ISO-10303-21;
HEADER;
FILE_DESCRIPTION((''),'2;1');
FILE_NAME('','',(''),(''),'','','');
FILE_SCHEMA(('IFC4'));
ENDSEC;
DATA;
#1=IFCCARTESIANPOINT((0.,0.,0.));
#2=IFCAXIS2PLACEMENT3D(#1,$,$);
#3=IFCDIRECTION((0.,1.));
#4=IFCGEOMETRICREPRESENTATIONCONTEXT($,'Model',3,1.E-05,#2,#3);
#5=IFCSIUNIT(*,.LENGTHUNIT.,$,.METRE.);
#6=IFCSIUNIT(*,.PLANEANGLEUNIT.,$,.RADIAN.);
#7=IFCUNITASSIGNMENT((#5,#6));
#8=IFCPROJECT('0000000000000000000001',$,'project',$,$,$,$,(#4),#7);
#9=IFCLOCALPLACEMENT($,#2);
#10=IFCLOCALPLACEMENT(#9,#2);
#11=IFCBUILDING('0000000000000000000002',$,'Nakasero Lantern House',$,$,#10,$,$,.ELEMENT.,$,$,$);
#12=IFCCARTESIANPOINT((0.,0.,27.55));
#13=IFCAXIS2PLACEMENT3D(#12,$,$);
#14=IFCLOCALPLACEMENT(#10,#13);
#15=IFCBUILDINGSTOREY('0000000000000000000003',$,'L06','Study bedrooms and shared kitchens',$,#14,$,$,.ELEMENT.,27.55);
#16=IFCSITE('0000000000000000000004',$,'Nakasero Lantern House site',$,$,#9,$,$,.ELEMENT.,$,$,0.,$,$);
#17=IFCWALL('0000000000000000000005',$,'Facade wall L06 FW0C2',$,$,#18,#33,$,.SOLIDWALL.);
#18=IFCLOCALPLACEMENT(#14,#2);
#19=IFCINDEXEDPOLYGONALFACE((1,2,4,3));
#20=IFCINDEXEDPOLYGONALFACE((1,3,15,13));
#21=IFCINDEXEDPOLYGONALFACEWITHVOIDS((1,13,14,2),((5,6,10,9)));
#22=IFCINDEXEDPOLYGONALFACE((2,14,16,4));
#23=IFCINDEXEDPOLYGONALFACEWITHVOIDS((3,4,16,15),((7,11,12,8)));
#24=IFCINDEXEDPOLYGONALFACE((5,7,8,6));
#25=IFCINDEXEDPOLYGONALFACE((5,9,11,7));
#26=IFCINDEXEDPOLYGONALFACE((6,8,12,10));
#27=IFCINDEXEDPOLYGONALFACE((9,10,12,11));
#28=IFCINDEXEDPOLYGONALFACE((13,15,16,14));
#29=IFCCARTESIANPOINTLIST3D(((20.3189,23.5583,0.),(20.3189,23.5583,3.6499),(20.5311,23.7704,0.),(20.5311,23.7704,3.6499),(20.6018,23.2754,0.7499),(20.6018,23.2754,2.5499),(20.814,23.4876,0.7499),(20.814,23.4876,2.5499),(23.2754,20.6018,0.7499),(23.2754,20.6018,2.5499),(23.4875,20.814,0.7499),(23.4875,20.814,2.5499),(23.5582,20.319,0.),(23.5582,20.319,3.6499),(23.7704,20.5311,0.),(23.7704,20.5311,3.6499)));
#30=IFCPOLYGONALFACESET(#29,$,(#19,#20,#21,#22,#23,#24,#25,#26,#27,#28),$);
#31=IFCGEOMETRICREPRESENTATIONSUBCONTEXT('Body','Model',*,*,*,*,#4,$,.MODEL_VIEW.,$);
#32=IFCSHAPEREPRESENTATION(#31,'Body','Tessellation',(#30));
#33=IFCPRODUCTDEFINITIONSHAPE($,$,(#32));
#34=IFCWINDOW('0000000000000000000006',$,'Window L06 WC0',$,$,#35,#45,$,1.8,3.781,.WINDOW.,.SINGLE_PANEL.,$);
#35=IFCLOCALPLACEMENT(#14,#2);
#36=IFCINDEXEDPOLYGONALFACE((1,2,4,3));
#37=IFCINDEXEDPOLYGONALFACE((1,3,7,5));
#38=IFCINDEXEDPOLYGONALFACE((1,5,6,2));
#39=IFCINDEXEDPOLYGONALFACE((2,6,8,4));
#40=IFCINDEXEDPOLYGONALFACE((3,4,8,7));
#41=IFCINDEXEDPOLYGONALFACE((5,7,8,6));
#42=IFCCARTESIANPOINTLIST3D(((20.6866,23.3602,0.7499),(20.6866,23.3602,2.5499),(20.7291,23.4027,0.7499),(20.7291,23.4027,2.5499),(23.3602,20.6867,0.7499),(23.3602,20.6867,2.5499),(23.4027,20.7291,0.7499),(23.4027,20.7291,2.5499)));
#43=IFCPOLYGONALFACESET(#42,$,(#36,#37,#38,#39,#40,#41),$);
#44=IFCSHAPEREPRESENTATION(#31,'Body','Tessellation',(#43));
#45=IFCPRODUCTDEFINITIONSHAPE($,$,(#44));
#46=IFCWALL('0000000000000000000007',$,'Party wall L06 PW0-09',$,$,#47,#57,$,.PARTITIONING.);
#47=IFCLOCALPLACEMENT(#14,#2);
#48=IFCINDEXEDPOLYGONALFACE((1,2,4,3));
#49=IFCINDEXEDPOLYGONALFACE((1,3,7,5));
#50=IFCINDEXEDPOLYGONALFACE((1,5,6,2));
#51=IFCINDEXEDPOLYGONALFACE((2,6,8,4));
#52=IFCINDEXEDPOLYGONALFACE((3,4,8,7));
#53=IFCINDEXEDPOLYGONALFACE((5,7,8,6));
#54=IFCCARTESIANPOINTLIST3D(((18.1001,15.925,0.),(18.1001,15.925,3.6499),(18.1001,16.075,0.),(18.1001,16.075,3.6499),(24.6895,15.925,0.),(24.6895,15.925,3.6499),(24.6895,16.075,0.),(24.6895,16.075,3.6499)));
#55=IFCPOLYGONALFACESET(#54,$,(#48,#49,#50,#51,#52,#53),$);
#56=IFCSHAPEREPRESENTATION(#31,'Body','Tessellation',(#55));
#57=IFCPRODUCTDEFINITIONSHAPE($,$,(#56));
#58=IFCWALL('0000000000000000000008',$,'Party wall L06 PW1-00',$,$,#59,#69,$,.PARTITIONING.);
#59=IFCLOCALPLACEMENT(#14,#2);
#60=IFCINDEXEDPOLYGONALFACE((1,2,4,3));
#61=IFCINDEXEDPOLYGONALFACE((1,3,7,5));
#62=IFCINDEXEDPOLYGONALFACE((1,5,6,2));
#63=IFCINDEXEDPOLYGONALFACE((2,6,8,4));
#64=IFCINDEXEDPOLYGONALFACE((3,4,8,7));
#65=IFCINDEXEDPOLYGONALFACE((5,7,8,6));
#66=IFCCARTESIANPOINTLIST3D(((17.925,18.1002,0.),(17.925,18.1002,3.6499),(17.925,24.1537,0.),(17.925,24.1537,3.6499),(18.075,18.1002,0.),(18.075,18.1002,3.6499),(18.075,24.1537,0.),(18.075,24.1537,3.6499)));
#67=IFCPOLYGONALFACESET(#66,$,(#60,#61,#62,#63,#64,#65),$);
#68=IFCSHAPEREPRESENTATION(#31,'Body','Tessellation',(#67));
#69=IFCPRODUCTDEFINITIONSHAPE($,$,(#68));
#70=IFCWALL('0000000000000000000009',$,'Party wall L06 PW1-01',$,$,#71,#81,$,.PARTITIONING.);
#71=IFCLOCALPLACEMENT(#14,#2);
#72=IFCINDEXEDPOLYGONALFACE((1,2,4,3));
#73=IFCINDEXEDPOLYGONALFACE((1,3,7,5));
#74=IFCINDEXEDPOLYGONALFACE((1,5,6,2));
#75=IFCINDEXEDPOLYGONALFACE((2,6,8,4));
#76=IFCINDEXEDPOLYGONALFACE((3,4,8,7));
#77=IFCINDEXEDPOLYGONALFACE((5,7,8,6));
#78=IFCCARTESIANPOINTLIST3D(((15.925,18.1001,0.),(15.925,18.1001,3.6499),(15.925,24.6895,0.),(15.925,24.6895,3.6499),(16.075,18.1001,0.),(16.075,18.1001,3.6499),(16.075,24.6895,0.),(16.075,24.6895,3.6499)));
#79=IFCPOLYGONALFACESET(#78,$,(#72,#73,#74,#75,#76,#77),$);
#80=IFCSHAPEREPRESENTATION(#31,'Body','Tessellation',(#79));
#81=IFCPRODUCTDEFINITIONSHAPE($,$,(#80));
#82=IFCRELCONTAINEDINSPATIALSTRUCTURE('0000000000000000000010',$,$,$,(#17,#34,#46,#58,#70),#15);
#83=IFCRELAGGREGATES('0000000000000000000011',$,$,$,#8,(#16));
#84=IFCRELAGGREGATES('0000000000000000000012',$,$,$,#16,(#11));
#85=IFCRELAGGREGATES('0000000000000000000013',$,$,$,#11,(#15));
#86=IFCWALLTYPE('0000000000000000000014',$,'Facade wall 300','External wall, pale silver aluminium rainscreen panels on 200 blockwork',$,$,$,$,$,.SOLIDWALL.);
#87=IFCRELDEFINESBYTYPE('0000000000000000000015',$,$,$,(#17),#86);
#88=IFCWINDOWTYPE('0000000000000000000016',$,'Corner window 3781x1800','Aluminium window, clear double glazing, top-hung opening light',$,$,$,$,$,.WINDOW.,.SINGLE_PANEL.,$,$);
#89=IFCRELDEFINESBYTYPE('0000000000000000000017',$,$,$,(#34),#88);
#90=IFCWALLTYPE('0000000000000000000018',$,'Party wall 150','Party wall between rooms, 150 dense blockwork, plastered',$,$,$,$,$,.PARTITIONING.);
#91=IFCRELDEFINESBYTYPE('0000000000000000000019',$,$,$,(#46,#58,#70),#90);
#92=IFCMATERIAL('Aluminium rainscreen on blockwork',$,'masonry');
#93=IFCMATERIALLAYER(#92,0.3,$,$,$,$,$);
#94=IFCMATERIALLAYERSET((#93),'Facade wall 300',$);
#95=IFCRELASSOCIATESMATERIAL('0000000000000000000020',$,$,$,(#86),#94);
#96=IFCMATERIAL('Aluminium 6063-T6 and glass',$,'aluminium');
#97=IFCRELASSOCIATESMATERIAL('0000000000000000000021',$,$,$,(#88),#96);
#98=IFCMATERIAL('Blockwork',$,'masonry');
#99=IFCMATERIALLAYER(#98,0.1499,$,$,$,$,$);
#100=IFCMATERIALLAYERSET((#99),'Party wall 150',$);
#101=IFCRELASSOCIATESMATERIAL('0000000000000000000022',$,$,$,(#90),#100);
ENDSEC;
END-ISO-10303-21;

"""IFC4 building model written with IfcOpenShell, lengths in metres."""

from ifc_helpers import new_model, si_unit, direction, frame, frame_2d, origin, place, context, subcontext, project, spatial, rectangle, extrude, material, layer, layer_set, type_object, element, fill, save


model = new_model("IFC4")

# Units and contexts
model_context = context("Model", 3, precision=1e-05, world=origin(), true_north=direction((0.0, 1.0)))
body_context = subcontext(model_context, "Body", "Model", "MODEL_VIEW")
ifc_project = project(units=[si_unit("LENGTHUNIT", "METRE"), si_unit("PLANEANGLEUNIT", "RADIAN")], contexts=[model_context])

# Site, building, storey
site_placement = place(None, origin())
site = spatial("IfcSite", under=ifc_project, at=site_placement, Name="Nakasero Lantern House site", CompositionType="ELEMENT", RefElevation=0.0)
building_placement = place(site_placement, origin())
building = spatial("IfcBuilding", under=site, at=building_placement, Name="Nakasero Lantern House", CompositionType="ELEMENT")
storey_placement = place(building_placement, frame((0.0, 0.0, 27.55)))
storey = spatial("IfcBuildingStorey", under=building, at=storey_placement, Name="L06", Description="Study bedrooms and shared kitchens", CompositionType="ELEMENT", Elevation=27.55)

# Shared definitions
ifc_material_1 = material(Name="Aluminium rainscreen on blockwork", Category="masonry")
ifc_layer_1 = layer(ifc_material_1, 0.3)
ifc_layer_set_1 = layer_set([ifc_layer_1], Name="Facade wall 300")
wall_type_1 = type_object("IfcWallType", Name="Facade wall 300", Description="External wall, pale silver aluminium rainscreen panels on 200 blockwork", PredefinedType="SOLIDWALL", material=ifc_layer_set_1)

# Wall, opening, window
wall_1_placement = place(storey_placement, frame((23.6643, 20.425, 0.0), z_axis=(0.0, 0.0, 1.0), x_axis=(-0.707107, 0.707107, 0.0)))
wall_1 = element("IfcWall", 1, at=wall_1_placement, inside=storey, type_object=wall_type_1, Name="Facade wall L06 FW0C2", PredefinedType="SOLIDWALL", context=body_context, shape_type="SweptSolid", body=[
    extrude(rectangle(XDim=4.5811, YDim=0.3, at=frame_2d((2.2905, 0.0))), origin(), (0.0, 0.0, 1.0), 3.6499),
])
opening_1_placement = place(wall_1_placement, frame((0.3999, 0.0, 0.75)))
opening_1 = element("IfcOpeningElement", 2, at=opening_1_placement, cuts=wall_1, PredefinedType="OPENING", context=body_context, shape_type="SweptSolid", body=[
    extrude(rectangle(XDim=3.781, YDim=1.8, at=frame_2d((1.8906, 0.8999))), frame((0.0, 0.1699, 0.0), z_axis=(0.0, -1.0, 0.0), x_axis=(1.0, 0.0, 0.0)), (0.0, 0.0, 1.0), 0.3401),
])
ifc_material_2 = material(Name="Aluminium 6063-T6 and glass", Category="aluminium")
window_type = type_object("IfcWindowType", Name="Corner window 3781x1800", Description="Aluminium window, clear double glazing, top-hung opening light", PartitioningType="SINGLE_PANEL", PredefinedType="WINDOW", material=ifc_material_2)
window_placement = place(opening_1_placement, origin())
window = element("IfcWindow", 3, at=window_placement, inside=storey, type_object=window_type, Name="Window L06 WC0", OverallHeight=1.8, OverallWidth=3.781, PartitioningType="SINGLE_PANEL", PredefinedType="WINDOW", context=body_context, shape_type="SweptSolid", body=[
    extrude(rectangle(XDim=3.781, YDim=1.8, at=frame_2d((1.8906, 0.8999))), frame((0.0, 0.03, 0.0), z_axis=(0.0, -1.0, 0.0), x_axis=(1.0, 0.0, 0.0)), (0.0, 0.0, 1.0), 0.0601),
])
fill(opening_1, window)

# Walls
ifc_material_3 = material(Name="Blockwork", Category="masonry")
ifc_layer_2 = layer(ifc_material_3, 0.1499)
ifc_layer_set_2 = layer_set([ifc_layer_2], Name="Party wall 150")
wall_type_2 = type_object("IfcWallType", Name="Party wall 150", Description="Party wall between rooms, 150 dense blockwork, plastered", PredefinedType="PARTITIONING", material=ifc_layer_set_2)
wall_2_placement = place(storey_placement, frame((18.1001, 16.0, 0.0), z_axis=(0.0, 0.0, 1.0), x_axis=(1.0, 0.0, 0.0)))
element("IfcWall", 4, at=wall_2_placement, inside=storey, type_object=wall_type_2, Name="Party wall L06 PW0-09", PredefinedType="PARTITIONING", context=body_context, shape_type="SweptSolid", body=[
    extrude(rectangle(XDim=6.5894, YDim=0.1499, at=frame_2d((3.2947, 0.0))), origin(), (0.0, 0.0, 1.0), 3.6499),
])
wall_3_placement = place(storey_placement, frame((18.0, 18.1001, 0.0), z_axis=(0.0, 0.0, 1.0), x_axis=(0.0, 1.0, 0.0)))
element("IfcWall", 5, at=wall_3_placement, inside=storey, type_object=wall_type_2, Name="Party wall L06 PW1-00", PredefinedType="PARTITIONING", context=body_context, shape_type="SweptSolid", body=[
    extrude(rectangle(XDim=6.0535, YDim=0.1499, at=frame_2d((3.0269, 0.0))), origin(), (0.0, 0.0, 1.0), 3.6499),
])
wall_4_placement = place(storey_placement, frame((16.0, 18.1001, 0.0), z_axis=(0.0, 0.0, 1.0), x_axis=(0.0, 1.0, 0.0)))
element("IfcWall", 6, at=wall_4_placement, inside=storey, type_object=wall_type_2, Name="Party wall L06 PW1-01", PredefinedType="PARTITIONING", context=body_context, shape_type="SweptSolid", body=[
    extrude(rectangle(XDim=6.5894, YDim=0.1499, at=frame_2d((3.2947, 0.0))), origin(), (0.0, 0.0, 1.0), 3.6499),
])

save(model, "model.ifc")
